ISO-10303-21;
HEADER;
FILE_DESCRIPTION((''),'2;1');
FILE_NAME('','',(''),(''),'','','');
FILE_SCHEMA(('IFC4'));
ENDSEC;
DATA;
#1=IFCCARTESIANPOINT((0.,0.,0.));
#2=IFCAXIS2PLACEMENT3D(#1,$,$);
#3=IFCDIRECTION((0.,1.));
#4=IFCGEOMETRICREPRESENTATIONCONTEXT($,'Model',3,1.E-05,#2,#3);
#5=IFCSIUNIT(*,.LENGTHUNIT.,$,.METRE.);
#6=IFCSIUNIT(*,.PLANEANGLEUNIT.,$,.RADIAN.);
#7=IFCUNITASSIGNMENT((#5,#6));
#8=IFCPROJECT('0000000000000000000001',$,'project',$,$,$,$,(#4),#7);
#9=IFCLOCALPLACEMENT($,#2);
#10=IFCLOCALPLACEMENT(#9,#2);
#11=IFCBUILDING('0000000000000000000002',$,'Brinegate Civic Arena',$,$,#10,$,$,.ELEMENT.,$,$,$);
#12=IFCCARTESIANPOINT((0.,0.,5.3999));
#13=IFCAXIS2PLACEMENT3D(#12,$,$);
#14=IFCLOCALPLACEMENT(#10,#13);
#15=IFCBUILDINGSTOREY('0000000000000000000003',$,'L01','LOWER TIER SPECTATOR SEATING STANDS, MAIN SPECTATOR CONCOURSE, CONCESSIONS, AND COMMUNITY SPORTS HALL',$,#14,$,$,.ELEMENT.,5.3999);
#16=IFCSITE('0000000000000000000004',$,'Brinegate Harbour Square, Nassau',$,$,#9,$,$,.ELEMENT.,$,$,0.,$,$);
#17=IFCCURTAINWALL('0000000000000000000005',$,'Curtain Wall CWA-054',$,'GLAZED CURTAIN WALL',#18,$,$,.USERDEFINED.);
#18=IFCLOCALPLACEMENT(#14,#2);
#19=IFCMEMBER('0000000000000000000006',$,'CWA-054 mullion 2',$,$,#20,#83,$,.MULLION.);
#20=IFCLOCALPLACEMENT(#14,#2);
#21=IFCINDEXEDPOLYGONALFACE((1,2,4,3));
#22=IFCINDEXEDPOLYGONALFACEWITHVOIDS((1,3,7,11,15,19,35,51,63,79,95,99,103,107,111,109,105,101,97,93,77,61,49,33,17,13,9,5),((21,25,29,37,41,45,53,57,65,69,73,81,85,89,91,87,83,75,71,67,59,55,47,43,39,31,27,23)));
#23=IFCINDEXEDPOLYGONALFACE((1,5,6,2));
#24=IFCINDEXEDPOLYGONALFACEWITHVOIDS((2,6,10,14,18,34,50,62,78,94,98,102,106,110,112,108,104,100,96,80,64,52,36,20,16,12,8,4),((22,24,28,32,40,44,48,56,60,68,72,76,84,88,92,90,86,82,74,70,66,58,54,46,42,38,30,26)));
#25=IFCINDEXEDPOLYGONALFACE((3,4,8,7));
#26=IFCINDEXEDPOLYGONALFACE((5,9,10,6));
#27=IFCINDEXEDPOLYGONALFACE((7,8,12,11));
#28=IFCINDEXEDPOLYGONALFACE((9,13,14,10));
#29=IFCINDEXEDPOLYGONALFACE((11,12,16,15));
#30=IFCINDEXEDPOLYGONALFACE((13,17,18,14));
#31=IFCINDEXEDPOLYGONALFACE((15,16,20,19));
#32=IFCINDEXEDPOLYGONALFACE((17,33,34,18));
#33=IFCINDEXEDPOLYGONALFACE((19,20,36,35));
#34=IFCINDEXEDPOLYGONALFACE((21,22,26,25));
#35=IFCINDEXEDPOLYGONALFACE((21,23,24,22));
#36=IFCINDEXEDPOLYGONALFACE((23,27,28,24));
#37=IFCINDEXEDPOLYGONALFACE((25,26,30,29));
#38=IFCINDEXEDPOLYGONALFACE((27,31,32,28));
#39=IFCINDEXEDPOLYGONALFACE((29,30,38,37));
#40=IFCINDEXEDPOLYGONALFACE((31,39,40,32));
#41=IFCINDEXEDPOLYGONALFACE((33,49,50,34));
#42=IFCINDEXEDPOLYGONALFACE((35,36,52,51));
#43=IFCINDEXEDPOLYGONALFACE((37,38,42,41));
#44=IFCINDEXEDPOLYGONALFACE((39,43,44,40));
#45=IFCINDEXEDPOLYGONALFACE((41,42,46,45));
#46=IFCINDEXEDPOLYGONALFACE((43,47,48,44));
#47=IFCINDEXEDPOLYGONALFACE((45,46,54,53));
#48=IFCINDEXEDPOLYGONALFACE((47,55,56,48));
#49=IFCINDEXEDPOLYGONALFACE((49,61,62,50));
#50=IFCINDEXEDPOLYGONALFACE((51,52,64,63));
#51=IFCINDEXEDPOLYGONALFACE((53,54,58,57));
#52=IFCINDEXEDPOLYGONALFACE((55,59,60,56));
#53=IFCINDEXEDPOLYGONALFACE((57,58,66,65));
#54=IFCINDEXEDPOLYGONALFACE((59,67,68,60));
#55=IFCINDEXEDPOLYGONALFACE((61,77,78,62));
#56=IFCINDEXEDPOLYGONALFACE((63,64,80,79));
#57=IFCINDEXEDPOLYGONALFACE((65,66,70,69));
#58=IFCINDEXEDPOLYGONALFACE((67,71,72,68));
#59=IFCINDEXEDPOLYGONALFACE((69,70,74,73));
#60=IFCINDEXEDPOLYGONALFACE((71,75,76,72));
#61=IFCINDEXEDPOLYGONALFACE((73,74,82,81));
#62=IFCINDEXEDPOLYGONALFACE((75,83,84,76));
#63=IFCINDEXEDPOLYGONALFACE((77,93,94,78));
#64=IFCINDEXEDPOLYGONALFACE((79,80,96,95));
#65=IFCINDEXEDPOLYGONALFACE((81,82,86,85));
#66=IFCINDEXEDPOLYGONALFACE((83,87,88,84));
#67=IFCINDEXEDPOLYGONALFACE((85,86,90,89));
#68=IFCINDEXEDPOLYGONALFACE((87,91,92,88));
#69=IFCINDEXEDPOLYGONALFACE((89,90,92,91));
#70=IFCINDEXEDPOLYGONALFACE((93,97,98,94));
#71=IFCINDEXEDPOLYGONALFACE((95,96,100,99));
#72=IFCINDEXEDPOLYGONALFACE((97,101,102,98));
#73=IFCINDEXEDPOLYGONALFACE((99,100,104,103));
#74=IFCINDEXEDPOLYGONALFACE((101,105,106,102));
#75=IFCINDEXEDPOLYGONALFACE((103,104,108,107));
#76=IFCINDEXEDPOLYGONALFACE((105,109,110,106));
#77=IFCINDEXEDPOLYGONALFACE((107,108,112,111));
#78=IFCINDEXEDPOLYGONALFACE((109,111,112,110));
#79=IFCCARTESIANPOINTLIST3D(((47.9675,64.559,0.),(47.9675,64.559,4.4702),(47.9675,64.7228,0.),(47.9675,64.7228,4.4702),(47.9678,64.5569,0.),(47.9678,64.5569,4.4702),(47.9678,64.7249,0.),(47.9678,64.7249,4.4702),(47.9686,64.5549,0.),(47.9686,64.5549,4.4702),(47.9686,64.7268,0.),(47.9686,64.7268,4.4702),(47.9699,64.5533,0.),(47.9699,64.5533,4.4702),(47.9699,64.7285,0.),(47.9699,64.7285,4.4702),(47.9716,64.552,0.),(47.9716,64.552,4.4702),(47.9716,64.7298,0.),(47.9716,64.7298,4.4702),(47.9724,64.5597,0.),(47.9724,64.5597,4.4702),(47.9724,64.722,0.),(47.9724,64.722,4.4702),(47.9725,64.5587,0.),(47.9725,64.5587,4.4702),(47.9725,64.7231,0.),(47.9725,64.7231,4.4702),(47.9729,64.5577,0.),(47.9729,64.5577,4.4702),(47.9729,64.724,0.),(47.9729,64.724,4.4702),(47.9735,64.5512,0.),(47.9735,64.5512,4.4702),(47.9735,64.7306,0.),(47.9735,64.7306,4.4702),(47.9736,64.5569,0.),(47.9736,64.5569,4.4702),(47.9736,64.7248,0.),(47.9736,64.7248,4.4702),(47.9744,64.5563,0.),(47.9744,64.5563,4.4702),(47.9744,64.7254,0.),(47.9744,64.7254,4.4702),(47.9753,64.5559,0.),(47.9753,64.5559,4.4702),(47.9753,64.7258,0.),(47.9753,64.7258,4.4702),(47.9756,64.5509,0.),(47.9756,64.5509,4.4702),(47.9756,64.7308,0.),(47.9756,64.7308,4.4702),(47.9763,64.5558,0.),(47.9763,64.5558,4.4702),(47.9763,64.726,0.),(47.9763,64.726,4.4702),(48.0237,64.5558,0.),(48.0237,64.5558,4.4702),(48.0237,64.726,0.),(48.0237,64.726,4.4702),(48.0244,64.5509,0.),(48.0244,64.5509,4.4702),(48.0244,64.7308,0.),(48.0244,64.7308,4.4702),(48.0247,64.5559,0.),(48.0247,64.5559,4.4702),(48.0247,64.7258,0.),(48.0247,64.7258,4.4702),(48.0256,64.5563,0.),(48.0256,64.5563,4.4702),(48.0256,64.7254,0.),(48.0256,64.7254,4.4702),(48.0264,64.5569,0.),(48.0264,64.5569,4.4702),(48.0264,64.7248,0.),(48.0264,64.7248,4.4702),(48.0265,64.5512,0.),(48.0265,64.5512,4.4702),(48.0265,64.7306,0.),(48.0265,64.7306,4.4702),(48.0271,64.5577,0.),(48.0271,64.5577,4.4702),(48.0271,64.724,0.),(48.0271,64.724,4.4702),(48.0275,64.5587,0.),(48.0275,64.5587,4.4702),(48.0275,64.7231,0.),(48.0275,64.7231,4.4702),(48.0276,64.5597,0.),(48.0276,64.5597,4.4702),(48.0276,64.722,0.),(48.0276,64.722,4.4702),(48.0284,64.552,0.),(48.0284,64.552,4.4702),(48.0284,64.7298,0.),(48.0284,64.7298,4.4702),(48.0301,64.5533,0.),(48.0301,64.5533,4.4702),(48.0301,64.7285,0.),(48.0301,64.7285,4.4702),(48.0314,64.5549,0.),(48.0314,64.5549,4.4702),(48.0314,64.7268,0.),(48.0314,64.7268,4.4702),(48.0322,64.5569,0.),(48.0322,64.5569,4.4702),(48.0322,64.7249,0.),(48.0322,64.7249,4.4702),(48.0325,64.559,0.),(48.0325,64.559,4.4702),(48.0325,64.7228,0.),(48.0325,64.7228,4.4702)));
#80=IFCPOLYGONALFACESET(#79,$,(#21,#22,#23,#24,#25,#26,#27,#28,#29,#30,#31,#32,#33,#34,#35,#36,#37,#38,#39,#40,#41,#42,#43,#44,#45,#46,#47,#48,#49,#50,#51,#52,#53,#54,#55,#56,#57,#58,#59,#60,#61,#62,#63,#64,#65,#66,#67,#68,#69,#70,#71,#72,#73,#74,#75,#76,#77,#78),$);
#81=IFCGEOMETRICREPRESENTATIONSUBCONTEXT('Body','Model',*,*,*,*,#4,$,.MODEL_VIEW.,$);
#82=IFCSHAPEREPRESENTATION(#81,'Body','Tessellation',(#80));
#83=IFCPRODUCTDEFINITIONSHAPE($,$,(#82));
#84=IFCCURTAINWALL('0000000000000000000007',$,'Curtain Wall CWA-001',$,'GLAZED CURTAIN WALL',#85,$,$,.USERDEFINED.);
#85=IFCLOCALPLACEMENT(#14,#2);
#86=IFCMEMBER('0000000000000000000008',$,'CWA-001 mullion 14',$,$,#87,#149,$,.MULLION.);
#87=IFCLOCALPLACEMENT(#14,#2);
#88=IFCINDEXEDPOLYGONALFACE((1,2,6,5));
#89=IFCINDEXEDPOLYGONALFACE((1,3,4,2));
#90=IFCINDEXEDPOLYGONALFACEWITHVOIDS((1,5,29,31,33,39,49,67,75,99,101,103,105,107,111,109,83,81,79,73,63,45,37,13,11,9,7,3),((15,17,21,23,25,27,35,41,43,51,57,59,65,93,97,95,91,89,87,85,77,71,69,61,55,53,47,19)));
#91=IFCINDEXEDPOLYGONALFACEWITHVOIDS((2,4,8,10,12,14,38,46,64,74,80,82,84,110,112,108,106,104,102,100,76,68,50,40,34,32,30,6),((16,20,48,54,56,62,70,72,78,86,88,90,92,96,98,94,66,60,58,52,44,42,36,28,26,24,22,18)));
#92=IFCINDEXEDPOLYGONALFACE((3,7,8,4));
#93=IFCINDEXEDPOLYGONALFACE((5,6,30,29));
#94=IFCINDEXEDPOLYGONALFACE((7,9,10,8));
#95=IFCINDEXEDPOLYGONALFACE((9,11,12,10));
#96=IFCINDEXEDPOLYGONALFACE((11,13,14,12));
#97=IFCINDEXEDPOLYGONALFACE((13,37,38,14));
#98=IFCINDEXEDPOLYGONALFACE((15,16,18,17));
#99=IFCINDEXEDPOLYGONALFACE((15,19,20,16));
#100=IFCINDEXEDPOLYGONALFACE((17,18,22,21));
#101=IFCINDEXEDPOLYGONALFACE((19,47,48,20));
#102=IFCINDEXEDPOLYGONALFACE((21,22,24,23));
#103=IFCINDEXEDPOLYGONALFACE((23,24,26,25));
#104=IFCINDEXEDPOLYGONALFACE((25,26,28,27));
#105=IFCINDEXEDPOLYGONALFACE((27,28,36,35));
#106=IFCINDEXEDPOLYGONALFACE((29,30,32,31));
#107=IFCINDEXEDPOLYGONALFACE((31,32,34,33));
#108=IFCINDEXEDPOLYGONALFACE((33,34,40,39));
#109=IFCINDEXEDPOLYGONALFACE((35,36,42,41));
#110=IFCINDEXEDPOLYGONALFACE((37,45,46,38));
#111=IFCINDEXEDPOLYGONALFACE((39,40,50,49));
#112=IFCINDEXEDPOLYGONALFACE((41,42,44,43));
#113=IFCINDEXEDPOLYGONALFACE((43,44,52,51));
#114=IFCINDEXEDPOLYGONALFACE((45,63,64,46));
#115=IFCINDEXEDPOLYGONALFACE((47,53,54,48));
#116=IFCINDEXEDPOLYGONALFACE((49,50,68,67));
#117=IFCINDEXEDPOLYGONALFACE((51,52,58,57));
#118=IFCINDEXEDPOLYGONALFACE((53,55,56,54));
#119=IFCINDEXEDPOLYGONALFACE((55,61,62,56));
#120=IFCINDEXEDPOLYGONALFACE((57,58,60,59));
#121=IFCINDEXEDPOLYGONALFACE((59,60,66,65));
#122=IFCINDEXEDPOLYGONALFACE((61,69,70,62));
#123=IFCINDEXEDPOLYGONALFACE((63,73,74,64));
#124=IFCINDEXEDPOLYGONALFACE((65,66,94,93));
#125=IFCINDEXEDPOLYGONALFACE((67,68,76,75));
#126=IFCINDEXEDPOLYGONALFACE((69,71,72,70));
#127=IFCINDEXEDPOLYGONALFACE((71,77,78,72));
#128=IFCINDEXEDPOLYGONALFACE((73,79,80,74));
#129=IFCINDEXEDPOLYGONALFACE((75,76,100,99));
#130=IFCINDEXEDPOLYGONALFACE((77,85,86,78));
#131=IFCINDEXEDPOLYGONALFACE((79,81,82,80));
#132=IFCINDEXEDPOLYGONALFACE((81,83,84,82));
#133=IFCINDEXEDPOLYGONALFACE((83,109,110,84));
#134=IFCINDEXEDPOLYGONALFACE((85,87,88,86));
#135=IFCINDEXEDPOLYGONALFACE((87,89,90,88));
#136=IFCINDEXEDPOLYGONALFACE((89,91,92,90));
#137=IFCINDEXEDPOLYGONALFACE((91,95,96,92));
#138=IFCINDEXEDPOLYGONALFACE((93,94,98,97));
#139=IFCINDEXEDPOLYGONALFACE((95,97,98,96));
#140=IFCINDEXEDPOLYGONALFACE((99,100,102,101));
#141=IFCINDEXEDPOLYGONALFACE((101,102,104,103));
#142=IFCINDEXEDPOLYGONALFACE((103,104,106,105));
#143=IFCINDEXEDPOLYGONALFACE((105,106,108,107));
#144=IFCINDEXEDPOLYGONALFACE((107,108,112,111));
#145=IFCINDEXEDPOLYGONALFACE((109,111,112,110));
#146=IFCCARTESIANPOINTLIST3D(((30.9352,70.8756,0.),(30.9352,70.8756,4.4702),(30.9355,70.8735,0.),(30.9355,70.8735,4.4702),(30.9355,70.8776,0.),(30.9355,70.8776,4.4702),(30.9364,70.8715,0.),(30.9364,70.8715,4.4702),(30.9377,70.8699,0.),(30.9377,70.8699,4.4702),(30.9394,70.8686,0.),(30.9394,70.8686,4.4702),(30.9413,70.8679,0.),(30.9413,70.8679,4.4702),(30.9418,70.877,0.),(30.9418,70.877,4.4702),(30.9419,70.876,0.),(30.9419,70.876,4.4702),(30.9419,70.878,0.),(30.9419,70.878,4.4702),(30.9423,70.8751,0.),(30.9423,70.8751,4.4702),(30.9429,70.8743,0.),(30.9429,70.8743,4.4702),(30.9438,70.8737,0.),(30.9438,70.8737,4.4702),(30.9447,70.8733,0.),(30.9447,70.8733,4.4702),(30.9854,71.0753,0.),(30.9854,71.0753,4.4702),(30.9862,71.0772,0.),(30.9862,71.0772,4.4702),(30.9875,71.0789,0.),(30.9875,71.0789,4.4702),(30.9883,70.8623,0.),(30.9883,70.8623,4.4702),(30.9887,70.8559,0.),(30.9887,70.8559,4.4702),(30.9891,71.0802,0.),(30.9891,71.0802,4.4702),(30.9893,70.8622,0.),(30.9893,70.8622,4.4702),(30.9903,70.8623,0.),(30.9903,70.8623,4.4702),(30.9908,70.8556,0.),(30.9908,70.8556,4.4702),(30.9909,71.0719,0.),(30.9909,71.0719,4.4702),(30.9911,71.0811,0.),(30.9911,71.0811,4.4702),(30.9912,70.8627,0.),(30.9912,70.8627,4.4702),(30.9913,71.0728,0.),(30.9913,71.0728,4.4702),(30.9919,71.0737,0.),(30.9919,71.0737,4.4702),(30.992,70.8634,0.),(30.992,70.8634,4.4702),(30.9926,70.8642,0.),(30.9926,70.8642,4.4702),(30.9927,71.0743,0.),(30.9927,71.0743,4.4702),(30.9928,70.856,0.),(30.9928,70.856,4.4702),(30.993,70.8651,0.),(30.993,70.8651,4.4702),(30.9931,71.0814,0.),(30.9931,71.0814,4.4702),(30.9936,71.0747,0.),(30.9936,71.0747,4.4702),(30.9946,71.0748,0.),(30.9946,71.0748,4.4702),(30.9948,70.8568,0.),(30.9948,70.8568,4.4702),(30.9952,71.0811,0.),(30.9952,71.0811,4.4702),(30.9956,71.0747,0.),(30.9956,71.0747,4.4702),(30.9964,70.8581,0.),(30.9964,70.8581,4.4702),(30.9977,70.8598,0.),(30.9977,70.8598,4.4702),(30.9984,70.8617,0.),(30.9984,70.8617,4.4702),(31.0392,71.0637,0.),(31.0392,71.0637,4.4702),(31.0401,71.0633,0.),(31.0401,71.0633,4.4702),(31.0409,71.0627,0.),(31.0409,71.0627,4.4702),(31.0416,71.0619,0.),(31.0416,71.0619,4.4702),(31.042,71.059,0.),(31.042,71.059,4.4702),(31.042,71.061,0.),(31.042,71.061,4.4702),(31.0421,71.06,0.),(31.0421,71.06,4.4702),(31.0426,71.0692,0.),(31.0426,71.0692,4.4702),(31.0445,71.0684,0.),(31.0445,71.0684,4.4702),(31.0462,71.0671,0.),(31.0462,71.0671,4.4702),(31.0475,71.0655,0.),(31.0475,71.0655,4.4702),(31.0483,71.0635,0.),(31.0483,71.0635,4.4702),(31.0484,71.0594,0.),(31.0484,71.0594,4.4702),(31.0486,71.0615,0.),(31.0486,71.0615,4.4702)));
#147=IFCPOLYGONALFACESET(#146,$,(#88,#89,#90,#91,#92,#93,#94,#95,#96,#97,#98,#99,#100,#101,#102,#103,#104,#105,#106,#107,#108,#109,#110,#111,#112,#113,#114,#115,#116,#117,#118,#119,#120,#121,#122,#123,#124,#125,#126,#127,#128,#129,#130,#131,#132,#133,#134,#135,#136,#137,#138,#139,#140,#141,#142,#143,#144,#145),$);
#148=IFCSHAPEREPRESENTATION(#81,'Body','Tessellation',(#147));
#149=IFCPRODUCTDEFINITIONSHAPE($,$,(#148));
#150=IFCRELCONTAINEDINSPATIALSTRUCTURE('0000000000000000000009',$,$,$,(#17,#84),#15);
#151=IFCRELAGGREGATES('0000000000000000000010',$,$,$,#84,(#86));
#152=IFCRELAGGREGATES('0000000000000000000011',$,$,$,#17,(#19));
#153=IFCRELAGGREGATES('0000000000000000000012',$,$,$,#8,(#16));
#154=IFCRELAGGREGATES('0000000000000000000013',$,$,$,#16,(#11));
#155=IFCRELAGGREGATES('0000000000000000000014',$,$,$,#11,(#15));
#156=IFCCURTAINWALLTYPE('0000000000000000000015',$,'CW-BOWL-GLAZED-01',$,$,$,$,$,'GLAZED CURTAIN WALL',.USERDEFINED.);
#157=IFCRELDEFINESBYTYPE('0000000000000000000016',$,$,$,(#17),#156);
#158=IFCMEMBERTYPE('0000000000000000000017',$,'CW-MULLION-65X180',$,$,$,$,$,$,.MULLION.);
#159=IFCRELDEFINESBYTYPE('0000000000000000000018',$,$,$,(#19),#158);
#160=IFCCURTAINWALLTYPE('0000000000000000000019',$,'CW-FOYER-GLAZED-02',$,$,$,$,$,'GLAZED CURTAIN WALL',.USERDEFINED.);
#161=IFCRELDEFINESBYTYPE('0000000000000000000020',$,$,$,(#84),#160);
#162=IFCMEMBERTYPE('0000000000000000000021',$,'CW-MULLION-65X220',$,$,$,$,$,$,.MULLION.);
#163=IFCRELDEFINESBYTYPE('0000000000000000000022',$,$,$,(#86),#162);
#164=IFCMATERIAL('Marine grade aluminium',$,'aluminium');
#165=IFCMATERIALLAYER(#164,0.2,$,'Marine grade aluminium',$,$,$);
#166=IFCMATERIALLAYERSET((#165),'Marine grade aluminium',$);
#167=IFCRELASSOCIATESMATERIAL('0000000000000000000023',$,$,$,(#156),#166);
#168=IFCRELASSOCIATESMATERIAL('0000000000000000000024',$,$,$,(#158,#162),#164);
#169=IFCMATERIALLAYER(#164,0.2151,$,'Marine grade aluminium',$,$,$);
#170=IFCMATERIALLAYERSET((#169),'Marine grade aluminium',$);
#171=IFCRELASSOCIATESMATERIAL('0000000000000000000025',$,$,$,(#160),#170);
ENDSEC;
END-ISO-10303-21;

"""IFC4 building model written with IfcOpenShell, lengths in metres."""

from ifc_helpers import new_model, si_unit, direction, frame, origin, origin_2d, place, context, subcontext, project, spatial, hollow_rectangle, extrude, material, layer, layer_set, material_profile, profile_set, type_object, element, aggregate, save


model = new_model("IFC4")

# Units and contexts
model_context = context("Model", 3, precision=1e-05, world=origin(), true_north=direction((0.0, 1.0)))
body_context = subcontext(model_context, "Body", "Model", "MODEL_VIEW")
ifc_project = project(units=[si_unit("LENGTHUNIT", "METRE"), si_unit("PLANEANGLEUNIT", "RADIAN")], contexts=[model_context])

# Site, building, storey
site_placement = place(None, origin())
site = spatial("IfcSite", under=ifc_project, at=site_placement, Name="Brinegate Harbour Square, Nassau", CompositionType="ELEMENT", RefElevation=0.0)
building_placement = place(site_placement, origin())
building = spatial("IfcBuilding", under=site, at=building_placement, Name="Brinegate Civic Arena", CompositionType="ELEMENT")
storey_placement = place(building_placement, frame((0.0, 0.0, 5.3999)))
storey = spatial("IfcBuildingStorey", under=building, at=storey_placement, Name="L01", Description="LOWER TIER SPECTATOR SEATING STANDS, MAIN SPECTATOR CONCOURSE, CONCESSIONS, AND COMMUNITY SPORTS HALL", CompositionType="ELEMENT", Elevation=5.3999)

# Curtain wall, member
ifc_material_1 = material(Name="Marine grade aluminium", Category="aluminium")
ifc_layer_1 = layer(ifc_material_1, 0.2, Name="Marine grade aluminium")
ifc_layer_set_1 = layer_set([ifc_layer_1], Name="Marine grade aluminium")
curtain_wall_type_1 = type_object("IfcCurtainWallType", Name="CW-BOWL-GLAZED-01", ElementType="GLAZED CURTAIN WALL", PredefinedType="USERDEFINED", material=ifc_layer_set_1)
curtain_wall_1_placement = place(storey_placement, origin())
curtain_wall_1 = element("IfcCurtainWall", 1, at=curtain_wall_1_placement, inside=storey, type_object=curtain_wall_type_1, Name="Curtain Wall CWA-054", ObjectType="GLAZED CURTAIN WALL", PredefinedType="USERDEFINED")
ifc_material_profile_1 = material_profile(ifc_material_1, hollow_rectangle(XDim=0.0649, YDim=0.1799, WallThickness=0.0049, InnerFilletRadius=0.0039, OuterFilletRadius=0.0081, at=origin_2d()), Name="MUL65X180")
ifc_profile_set_1 = profile_set([ifc_material_profile_1], Name="Marine grade aluminium")
member_type_1 = type_object("IfcMemberType", Name="CW-MULLION-65X180", PredefinedType="MULLION", material=ifc_profile_set_1)
member_1_placement = place(storey_placement, frame((48.0, 64.6409, 0.0), z_axis=(0.0, 0.0, 1.0), x_axis=(-1.0, 0.0, 0.0)))
member_1 = element("IfcMember", 2, at=member_1_placement, type_object=member_type_1, Name="CWA-054 mullion 2", PredefinedType="MULLION", context=body_context, shape_type="SweptSolid", body=[
    extrude(hollow_rectangle(XDim=0.0649, YDim=0.1799, WallThickness=0.0049, InnerFilletRadius=0.0039, OuterFilletRadius=0.0081, at=origin_2d()), origin(), (0.0, 0.0, 1.0), 4.4702),
])

# Curtain wall, member
ifc_layer_2 = layer(ifc_material_1, 0.2151, Name="Marine grade aluminium")
ifc_layer_set_2 = layer_set([ifc_layer_2], Name="Marine grade aluminium")
curtain_wall_type_2 = type_object("IfcCurtainWallType", Name="CW-FOYER-GLAZED-02", ElementType="GLAZED CURTAIN WALL", PredefinedType="USERDEFINED", material=ifc_layer_set_2)
curtain_wall_2_placement = place(storey_placement, origin())
curtain_wall_2 = element("IfcCurtainWall", 3, at=curtain_wall_2_placement, inside=storey, type_object=curtain_wall_type_2, Name="Curtain Wall CWA-001", ObjectType="GLAZED CURTAIN WALL", PredefinedType="USERDEFINED")
ifc_material_profile_2 = material_profile(ifc_material_1, hollow_rectangle(XDim=0.0649, YDim=0.22, WallThickness=0.0061, InnerFilletRadius=0.0039, OuterFilletRadius=0.0081, at=origin_2d()), Name="MUL65X220")
ifc_profile_set_2 = profile_set([ifc_material_profile_2], Name="Marine grade aluminium")
member_type_2 = type_object("IfcMemberType", Name="CW-MULLION-65X220", PredefinedType="MULLION", material=ifc_profile_set_2)
member_2_placement = place(storey_placement, frame((30.9919, 70.9685, 0.0), z_axis=(0.0, 0.0, 1.0), x_axis=(-0.969513, 0.245042, 0.0)))
member_2 = element("IfcMember", 4, at=member_2_placement, type_object=member_type_2, Name="CWA-001 mullion 14", PredefinedType="MULLION", context=body_context, shape_type="SweptSolid", body=[
    extrude(hollow_rectangle(XDim=0.0649, YDim=0.22, WallThickness=0.0061, InnerFilletRadius=0.0039, OuterFilletRadius=0.0081, at=origin_2d()), origin(), (0.0, 0.0, 1.0), 4.4702),
])
aggregate(curtain_wall_2, [member_2])

aggregate(curtain_wall_1, [member_1])

save(model, "model.ifc")
